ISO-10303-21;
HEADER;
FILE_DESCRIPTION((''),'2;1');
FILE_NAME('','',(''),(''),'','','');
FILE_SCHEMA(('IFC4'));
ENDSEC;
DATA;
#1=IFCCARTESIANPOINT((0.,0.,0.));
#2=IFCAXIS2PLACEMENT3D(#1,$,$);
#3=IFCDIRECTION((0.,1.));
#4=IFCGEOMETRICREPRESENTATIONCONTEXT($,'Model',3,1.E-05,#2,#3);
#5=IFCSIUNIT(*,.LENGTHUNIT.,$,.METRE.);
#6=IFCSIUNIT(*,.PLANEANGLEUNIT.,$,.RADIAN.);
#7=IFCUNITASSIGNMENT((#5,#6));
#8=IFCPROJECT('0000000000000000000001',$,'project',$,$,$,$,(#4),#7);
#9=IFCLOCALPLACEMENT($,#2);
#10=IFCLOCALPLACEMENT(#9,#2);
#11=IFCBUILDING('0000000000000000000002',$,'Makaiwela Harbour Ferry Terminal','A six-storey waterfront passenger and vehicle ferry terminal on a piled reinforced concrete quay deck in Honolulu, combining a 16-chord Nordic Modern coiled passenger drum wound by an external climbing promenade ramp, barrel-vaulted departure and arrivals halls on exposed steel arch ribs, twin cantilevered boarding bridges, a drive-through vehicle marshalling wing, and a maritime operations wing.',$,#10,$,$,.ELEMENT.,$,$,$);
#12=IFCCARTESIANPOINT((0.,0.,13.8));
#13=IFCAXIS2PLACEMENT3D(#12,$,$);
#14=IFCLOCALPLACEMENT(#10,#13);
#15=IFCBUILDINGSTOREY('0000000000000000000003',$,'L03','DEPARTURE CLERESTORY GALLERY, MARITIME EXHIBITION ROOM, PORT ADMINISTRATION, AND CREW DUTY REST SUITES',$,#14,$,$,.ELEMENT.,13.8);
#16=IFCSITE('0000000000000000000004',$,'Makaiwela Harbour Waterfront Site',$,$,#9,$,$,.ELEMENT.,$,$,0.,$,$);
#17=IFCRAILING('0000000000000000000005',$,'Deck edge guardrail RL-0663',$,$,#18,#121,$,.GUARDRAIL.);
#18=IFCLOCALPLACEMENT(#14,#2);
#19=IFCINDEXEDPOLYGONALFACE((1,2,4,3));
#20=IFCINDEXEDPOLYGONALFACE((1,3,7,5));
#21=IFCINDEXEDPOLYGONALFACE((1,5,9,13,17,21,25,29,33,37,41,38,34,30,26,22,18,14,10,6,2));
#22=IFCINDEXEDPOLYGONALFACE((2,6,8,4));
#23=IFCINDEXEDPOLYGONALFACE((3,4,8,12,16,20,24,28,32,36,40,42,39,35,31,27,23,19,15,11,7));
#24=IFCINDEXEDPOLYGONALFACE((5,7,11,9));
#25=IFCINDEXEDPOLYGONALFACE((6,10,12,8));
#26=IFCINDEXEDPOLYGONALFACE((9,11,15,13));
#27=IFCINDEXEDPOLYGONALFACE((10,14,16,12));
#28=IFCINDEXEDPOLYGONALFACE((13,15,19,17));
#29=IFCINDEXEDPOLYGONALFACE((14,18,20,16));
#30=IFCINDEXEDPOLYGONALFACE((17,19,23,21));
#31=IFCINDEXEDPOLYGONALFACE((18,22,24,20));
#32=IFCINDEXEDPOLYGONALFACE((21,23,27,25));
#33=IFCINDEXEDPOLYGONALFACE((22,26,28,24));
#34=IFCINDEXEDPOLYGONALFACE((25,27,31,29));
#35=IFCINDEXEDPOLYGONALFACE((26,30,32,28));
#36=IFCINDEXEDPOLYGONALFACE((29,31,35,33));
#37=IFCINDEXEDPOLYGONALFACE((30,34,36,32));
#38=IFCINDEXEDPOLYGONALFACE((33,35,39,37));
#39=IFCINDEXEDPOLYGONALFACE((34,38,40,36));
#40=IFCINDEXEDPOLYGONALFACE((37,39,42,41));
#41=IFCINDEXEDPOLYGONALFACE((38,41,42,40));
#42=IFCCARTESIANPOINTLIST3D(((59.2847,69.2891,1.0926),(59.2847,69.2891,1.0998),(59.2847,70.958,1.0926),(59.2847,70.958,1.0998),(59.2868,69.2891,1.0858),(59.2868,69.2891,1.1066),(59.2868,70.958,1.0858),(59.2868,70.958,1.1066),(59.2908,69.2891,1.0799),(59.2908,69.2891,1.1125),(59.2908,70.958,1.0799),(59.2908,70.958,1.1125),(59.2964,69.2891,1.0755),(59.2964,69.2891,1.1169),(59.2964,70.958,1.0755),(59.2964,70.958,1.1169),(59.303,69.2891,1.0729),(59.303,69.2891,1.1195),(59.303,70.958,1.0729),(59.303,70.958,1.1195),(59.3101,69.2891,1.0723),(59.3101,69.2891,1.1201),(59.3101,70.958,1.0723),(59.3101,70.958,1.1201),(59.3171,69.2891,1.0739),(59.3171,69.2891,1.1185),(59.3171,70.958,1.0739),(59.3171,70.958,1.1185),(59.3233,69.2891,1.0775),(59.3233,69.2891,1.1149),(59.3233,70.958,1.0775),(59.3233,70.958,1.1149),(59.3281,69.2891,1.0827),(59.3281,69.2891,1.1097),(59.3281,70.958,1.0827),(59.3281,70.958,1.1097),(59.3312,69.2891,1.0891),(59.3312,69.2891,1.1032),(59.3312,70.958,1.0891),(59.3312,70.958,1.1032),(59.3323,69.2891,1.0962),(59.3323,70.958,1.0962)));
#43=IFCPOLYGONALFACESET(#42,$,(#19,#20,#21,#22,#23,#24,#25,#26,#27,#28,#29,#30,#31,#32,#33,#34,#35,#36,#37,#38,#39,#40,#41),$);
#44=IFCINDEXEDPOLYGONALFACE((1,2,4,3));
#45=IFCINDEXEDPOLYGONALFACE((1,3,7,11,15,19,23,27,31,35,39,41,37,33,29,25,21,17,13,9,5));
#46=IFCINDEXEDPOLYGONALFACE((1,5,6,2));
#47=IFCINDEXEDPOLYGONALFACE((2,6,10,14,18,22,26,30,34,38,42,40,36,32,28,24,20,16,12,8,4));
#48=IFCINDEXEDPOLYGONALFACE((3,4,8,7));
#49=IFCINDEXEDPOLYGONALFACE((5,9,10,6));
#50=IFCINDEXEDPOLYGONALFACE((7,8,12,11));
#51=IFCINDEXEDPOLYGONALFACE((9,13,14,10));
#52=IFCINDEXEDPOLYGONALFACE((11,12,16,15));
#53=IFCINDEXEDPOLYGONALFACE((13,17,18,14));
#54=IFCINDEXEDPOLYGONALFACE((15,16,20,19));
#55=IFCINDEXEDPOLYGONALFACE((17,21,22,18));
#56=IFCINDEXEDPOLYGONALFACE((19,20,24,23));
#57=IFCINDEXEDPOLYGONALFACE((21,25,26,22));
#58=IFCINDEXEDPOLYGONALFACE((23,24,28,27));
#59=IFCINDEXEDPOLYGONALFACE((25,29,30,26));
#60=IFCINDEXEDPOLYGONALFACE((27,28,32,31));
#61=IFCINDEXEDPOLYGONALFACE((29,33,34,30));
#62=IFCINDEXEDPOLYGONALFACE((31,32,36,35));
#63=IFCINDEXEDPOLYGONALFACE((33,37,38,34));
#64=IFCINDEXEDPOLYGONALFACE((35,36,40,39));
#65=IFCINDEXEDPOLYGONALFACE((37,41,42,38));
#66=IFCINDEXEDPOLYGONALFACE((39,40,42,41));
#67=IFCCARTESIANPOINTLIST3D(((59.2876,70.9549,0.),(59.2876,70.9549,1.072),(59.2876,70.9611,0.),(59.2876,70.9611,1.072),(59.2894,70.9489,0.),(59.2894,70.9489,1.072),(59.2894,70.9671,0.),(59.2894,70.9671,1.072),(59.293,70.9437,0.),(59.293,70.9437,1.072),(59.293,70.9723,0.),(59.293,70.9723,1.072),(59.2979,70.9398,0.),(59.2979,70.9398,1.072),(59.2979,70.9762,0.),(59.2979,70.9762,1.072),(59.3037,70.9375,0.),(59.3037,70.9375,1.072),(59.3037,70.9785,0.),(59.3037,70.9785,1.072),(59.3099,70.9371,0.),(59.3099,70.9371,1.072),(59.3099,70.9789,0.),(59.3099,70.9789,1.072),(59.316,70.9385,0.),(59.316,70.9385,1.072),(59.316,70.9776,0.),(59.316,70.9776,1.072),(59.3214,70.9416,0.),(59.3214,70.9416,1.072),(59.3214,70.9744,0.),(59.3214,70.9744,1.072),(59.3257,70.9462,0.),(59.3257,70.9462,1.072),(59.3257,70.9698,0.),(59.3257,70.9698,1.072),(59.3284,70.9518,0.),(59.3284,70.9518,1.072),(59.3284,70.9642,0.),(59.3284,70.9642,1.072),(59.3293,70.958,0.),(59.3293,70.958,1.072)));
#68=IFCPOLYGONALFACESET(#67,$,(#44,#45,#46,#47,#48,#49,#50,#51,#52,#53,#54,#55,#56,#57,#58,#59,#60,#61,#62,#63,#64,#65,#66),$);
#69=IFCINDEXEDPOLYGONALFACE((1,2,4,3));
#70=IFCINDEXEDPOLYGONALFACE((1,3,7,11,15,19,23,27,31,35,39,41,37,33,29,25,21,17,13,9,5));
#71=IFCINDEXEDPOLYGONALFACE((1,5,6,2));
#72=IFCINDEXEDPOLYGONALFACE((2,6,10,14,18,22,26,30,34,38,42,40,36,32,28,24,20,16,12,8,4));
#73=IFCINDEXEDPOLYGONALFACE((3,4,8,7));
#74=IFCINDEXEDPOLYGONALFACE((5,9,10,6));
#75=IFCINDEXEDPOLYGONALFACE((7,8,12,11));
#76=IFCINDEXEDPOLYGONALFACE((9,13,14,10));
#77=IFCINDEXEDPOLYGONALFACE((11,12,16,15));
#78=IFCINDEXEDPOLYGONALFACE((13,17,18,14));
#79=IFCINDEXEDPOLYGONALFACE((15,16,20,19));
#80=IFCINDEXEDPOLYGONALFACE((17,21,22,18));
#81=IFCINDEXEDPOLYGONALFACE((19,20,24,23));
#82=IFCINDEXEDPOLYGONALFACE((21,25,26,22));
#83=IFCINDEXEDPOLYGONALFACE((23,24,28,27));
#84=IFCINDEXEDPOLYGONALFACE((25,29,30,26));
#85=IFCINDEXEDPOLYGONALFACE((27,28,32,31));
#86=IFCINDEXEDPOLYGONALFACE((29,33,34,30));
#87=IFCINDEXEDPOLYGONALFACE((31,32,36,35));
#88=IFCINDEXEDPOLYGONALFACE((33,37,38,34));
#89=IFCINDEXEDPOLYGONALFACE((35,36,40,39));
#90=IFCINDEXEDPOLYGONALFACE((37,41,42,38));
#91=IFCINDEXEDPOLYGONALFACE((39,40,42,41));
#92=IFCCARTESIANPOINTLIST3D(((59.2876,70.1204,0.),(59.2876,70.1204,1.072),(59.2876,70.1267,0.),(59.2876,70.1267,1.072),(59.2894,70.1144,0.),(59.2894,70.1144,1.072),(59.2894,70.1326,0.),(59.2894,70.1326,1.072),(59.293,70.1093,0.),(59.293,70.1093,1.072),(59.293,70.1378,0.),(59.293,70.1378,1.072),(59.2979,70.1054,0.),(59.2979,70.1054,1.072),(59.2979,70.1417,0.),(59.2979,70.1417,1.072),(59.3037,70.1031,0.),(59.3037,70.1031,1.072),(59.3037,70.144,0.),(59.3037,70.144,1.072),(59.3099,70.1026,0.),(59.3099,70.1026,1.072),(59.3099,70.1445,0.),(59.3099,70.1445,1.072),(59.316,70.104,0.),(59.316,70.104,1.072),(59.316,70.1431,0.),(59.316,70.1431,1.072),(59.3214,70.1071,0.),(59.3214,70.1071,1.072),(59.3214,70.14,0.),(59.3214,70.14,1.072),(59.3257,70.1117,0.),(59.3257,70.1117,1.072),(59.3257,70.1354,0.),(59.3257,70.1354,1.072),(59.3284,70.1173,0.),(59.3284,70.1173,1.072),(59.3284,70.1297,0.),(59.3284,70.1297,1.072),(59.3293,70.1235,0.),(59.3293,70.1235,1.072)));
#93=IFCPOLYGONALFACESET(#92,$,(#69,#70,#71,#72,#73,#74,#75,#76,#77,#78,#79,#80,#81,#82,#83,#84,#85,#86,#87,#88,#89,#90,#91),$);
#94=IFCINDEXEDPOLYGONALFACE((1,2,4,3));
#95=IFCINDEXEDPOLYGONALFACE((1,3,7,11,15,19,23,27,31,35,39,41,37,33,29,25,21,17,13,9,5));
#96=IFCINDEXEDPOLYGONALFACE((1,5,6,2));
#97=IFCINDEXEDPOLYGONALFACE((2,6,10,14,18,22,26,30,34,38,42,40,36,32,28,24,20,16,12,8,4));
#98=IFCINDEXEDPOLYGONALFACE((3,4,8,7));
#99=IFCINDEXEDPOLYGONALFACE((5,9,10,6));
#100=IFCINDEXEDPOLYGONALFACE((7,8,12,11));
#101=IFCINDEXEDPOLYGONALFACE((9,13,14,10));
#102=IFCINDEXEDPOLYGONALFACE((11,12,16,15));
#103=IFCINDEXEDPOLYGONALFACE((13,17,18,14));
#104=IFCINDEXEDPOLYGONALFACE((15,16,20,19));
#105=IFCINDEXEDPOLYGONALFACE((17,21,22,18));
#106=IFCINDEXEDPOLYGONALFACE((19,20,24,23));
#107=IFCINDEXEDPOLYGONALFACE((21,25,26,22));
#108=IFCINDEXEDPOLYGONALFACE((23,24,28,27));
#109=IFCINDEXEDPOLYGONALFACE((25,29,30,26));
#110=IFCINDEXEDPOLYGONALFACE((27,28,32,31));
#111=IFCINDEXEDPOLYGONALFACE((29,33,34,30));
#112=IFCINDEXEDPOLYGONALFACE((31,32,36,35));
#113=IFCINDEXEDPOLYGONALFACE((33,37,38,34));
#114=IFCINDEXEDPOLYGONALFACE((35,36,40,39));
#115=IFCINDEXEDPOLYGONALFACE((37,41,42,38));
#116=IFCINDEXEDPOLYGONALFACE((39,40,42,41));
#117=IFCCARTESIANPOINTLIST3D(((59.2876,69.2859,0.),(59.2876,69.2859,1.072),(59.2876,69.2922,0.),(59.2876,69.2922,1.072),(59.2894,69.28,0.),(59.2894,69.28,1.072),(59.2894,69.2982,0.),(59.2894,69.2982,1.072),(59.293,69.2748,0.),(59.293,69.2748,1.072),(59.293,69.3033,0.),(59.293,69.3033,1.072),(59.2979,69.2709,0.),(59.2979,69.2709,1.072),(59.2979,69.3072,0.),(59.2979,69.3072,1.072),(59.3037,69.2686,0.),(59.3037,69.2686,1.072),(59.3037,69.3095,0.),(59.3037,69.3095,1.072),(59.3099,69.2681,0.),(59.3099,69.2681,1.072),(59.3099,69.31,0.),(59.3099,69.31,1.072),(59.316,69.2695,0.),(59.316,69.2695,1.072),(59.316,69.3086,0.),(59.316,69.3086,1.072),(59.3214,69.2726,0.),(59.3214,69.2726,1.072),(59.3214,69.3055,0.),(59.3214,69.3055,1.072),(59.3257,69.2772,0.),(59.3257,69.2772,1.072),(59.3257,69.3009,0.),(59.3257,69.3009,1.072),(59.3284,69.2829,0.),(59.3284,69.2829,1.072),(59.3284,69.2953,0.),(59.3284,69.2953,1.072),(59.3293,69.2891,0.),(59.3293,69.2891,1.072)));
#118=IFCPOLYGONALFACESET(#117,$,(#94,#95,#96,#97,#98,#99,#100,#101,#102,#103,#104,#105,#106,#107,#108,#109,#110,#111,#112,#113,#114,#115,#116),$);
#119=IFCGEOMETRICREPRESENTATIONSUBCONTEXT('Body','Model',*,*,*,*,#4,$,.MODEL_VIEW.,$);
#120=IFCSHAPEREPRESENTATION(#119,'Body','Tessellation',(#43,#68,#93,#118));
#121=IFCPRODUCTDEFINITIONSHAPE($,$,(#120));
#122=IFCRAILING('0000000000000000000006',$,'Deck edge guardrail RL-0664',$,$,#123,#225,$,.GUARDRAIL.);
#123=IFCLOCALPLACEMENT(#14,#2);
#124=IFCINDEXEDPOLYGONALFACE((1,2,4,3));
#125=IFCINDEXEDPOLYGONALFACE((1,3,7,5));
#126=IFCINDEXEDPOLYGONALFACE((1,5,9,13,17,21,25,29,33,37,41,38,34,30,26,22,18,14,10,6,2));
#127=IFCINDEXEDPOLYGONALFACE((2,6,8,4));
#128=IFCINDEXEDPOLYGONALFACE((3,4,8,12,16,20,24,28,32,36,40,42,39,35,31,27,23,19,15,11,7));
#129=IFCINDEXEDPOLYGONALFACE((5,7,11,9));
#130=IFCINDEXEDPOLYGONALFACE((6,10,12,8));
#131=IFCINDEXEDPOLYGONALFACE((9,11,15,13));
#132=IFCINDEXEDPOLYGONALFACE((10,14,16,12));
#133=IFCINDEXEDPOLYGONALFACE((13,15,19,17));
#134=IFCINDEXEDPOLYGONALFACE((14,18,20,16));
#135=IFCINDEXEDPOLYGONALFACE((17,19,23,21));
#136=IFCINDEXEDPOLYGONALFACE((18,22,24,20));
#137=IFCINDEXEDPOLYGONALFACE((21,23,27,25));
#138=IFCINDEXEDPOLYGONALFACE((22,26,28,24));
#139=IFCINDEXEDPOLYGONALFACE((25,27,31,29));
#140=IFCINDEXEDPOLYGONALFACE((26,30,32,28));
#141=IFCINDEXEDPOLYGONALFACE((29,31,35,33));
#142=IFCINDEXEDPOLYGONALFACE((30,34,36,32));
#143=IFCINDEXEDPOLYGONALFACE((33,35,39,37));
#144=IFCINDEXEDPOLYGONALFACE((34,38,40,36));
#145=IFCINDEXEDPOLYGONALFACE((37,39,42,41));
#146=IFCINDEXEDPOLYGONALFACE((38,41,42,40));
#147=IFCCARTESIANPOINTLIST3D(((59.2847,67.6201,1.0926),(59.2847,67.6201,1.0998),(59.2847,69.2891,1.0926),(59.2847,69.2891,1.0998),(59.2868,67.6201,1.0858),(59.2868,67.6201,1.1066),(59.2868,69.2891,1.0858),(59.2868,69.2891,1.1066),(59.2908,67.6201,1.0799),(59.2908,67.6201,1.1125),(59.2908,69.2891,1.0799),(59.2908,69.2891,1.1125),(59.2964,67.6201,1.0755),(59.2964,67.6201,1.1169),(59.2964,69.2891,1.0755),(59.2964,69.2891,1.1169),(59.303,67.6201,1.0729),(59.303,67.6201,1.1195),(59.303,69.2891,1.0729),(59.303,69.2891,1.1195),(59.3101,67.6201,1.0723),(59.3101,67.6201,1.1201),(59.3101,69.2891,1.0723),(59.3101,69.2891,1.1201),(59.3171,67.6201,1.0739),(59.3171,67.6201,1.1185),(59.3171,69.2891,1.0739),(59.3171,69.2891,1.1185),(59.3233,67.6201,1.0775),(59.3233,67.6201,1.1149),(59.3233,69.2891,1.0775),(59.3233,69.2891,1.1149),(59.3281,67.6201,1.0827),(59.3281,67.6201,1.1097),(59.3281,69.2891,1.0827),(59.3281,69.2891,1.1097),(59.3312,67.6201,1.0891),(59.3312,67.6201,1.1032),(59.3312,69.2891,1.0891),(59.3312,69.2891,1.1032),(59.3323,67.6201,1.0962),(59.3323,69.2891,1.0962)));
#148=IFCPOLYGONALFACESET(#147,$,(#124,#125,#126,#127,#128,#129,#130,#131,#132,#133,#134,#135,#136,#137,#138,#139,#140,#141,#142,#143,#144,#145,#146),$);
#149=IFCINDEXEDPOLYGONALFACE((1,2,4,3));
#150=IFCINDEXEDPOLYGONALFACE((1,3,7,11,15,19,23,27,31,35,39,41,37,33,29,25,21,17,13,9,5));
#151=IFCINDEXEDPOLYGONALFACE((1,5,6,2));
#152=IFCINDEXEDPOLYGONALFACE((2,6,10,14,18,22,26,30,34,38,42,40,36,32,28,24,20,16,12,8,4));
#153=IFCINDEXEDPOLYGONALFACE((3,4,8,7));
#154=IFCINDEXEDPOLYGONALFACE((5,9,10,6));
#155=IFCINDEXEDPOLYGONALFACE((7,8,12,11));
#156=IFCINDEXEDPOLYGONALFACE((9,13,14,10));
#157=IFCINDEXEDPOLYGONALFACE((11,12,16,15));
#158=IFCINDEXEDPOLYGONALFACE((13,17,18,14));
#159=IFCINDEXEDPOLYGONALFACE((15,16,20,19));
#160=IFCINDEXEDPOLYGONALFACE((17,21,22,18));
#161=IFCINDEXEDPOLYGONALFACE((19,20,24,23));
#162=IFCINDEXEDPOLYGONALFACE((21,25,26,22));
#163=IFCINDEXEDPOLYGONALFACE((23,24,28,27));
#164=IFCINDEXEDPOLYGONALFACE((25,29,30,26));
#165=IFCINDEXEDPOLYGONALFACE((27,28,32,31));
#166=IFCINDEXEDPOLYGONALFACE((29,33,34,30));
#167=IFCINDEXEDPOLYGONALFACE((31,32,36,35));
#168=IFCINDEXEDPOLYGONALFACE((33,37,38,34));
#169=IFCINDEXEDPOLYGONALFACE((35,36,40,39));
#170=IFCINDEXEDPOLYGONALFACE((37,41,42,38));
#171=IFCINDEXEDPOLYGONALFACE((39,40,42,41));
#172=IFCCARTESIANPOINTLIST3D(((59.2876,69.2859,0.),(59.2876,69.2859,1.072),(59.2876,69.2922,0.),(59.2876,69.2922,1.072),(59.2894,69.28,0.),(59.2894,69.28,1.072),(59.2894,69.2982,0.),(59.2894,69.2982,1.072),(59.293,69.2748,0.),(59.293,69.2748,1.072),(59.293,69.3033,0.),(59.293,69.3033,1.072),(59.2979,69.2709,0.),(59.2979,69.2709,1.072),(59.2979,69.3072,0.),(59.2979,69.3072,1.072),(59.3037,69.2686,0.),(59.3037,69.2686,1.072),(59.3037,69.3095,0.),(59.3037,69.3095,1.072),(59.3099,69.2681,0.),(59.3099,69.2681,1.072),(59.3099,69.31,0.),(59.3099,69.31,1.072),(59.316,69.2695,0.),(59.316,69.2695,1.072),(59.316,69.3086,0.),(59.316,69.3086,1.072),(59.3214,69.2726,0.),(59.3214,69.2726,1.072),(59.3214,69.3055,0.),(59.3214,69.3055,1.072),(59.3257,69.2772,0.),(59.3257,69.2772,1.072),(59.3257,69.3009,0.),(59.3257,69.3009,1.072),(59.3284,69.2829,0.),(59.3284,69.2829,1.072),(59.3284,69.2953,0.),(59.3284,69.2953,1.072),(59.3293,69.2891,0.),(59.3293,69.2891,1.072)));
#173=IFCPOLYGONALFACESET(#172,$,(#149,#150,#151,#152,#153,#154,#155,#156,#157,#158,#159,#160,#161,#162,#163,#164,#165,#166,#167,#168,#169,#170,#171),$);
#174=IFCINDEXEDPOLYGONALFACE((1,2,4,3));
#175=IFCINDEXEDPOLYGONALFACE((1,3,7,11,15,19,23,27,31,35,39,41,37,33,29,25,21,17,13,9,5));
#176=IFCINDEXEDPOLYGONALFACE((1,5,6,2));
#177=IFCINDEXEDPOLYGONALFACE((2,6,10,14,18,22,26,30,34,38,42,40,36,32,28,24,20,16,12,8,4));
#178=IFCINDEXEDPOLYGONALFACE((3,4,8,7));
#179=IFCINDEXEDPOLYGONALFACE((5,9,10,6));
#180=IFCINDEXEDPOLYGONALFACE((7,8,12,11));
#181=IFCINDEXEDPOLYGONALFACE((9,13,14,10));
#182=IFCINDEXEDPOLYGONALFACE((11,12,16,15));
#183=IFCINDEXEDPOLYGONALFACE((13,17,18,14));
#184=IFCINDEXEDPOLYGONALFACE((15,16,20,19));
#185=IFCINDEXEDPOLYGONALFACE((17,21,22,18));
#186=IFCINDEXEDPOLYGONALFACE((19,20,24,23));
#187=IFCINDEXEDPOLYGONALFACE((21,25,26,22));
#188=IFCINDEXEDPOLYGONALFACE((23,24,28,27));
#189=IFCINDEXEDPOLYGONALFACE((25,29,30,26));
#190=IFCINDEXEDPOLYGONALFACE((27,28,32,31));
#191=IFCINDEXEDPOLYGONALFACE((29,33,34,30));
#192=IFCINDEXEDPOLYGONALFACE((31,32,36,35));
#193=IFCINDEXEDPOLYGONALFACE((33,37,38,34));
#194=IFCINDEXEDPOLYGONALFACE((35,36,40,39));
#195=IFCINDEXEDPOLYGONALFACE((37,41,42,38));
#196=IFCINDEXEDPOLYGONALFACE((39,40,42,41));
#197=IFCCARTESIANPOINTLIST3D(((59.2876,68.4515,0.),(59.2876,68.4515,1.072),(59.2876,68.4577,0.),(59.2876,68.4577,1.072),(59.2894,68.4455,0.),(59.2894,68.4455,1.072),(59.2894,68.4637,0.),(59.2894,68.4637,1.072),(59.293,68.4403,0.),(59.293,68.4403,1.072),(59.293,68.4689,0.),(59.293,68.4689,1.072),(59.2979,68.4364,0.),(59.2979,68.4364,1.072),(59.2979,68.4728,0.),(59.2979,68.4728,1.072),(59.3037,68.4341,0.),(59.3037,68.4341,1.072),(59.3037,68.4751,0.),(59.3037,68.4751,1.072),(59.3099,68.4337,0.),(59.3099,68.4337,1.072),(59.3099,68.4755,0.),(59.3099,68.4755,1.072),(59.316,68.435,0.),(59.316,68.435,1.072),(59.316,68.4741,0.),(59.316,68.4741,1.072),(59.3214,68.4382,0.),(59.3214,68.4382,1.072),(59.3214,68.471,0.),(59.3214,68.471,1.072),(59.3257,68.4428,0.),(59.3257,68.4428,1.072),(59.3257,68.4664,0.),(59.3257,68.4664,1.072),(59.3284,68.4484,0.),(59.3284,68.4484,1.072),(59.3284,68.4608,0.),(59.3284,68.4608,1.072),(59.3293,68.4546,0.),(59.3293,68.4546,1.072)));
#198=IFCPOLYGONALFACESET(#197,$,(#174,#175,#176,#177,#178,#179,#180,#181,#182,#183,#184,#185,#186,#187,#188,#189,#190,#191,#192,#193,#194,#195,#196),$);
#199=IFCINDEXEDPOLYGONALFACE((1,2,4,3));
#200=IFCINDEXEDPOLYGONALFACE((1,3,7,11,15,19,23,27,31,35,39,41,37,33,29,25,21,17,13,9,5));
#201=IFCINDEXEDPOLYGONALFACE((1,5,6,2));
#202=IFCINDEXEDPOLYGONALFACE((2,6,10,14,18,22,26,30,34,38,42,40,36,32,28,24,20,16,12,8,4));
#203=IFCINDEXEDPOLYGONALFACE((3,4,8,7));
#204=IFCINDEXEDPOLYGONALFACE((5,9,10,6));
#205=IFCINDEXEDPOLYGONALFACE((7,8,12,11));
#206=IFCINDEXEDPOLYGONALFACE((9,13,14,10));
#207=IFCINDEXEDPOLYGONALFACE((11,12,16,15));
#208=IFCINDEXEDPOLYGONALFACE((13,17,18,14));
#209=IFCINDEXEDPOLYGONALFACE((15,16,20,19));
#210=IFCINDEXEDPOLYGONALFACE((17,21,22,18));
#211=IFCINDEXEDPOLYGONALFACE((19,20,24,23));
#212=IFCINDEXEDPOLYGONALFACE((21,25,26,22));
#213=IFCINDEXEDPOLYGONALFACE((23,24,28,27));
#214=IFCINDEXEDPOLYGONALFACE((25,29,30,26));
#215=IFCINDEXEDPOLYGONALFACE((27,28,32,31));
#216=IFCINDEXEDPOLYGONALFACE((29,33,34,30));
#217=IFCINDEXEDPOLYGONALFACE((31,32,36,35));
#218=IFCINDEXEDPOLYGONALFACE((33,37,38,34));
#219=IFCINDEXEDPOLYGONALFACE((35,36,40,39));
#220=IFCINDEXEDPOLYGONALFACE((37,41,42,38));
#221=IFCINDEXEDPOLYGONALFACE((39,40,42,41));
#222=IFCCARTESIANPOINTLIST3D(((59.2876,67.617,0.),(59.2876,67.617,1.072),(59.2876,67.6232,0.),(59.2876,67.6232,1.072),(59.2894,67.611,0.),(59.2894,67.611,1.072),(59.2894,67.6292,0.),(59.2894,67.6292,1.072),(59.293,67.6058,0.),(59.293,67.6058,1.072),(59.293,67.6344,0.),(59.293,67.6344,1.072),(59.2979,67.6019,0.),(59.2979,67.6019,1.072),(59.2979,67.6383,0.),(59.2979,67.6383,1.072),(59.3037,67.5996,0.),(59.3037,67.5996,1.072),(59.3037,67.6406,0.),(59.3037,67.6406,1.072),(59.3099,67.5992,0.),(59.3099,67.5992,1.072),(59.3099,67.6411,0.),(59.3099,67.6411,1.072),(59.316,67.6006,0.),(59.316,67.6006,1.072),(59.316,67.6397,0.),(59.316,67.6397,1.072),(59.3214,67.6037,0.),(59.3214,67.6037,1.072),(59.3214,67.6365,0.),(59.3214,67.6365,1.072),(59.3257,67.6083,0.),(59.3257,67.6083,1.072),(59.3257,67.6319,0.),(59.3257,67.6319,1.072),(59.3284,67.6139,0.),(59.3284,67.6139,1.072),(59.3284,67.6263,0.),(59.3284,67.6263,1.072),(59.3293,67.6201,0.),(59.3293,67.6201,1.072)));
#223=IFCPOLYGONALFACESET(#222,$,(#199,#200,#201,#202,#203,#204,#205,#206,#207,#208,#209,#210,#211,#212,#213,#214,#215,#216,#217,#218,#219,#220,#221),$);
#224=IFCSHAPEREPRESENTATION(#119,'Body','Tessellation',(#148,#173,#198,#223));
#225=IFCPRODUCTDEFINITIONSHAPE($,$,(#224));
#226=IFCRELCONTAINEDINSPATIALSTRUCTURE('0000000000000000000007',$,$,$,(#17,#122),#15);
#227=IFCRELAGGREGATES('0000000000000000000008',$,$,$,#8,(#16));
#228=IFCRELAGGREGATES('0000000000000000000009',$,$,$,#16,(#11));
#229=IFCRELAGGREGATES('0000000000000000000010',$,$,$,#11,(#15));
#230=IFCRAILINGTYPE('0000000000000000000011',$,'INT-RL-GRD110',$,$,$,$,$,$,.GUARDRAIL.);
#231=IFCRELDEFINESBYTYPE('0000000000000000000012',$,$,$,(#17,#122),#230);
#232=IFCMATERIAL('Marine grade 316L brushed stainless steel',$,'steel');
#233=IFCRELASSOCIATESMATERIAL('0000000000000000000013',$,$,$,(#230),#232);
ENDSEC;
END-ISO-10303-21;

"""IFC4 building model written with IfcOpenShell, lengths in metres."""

from ifc_helpers import new_model, si_unit, direction, frame, origin, origin_2d, place, context, subcontext, project, spatial, circle, extrude, material, type_object, element, save


model = new_model("IFC4")

# Units and contexts
model_context = context("Model", 3, precision=1e-05, world=origin(), true_north=direction((0.0, 1.0)))
body_context = subcontext(model_context, "Body", "Model", "MODEL_VIEW")
ifc_project = project(units=[si_unit("LENGTHUNIT", "METRE"), si_unit("PLANEANGLEUNIT", "RADIAN")], contexts=[model_context])

# Site, building, storey
site_placement = place(None, origin())
site = spatial("IfcSite", under=ifc_project, at=site_placement, Name="Makaiwela Harbour Waterfront Site", CompositionType="ELEMENT", RefElevation=0.0)
building_placement = place(site_placement, origin())
building = spatial("IfcBuilding", under=site, at=building_placement, Name="Makaiwela Harbour Ferry Terminal", Description="A six-storey waterfront passenger and vehicle ferry terminal on a piled reinforced concrete quay deck in Honolulu, combining a 16-chord Nordic Modern coiled passenger drum wound by an external climbing promenade ramp, barrel-vaulted departure and arrivals halls on exposed steel arch ribs, twin cantilevered boarding bridges, a drive-through vehicle marshalling wing, and a maritime operations wing.", CompositionType="ELEMENT")
storey_placement = place(building_placement, frame((0.0, 0.0, 13.8)))
storey = spatial("IfcBuildingStorey", under=building, at=storey_placement, Name="L03", Description="DEPARTURE CLERESTORY GALLERY, MARITIME EXHIBITION ROOM, PORT ADMINISTRATION, AND CREW DUTY REST SUITES", CompositionType="ELEMENT", Elevation=13.8)

# Railings
ifc_material_1 = material(Name="Marine grade 316L brushed stainless steel", Category="steel")
railing_type = type_object("IfcRailingType", Name="INT-RL-GRD110", PredefinedType="GUARDRAIL", material=ifc_material_1)
for number, where, name in (
    (1, (59.3083, 70.958, 0.0), "Deck edge guardrail RL-0663"),
    (2, (59.3083, 69.2891, 0.0), "Deck edge guardrail RL-0664"),
):
    element("IfcRailing", number, at=place(storey_placement, frame(where)), inside=storey, type_object=railing_type, Name=name, PredefinedType="GUARDRAIL", context=body_context, shape_type="SweptSolid", body=[
        extrude(circle(Radius=0.0239, at=origin_2d()), frame((0.0, 0.0, 1.0962), z_axis=(0.0, -1.0, 0.0), x_axis=(1.0, 0.0, 0.0)), (0.0, 0.0, 1.0), 1.6689),
        extrude(circle(Radius=0.021, at=origin_2d()), origin(), (0.0, 0.0, 1.0), 1.072),
        extrude(circle(Radius=0.021, at=origin_2d()), frame((0.0, -0.8345, 0.0)), (0.0, 0.0, 1.0), 1.072),
        extrude(circle(Radius=0.021, at=origin_2d()), frame((0.0, -1.6689, 0.0)), (0.0, 0.0, 1.0), 1.072),
    ])

save(model, "model.ifc")
